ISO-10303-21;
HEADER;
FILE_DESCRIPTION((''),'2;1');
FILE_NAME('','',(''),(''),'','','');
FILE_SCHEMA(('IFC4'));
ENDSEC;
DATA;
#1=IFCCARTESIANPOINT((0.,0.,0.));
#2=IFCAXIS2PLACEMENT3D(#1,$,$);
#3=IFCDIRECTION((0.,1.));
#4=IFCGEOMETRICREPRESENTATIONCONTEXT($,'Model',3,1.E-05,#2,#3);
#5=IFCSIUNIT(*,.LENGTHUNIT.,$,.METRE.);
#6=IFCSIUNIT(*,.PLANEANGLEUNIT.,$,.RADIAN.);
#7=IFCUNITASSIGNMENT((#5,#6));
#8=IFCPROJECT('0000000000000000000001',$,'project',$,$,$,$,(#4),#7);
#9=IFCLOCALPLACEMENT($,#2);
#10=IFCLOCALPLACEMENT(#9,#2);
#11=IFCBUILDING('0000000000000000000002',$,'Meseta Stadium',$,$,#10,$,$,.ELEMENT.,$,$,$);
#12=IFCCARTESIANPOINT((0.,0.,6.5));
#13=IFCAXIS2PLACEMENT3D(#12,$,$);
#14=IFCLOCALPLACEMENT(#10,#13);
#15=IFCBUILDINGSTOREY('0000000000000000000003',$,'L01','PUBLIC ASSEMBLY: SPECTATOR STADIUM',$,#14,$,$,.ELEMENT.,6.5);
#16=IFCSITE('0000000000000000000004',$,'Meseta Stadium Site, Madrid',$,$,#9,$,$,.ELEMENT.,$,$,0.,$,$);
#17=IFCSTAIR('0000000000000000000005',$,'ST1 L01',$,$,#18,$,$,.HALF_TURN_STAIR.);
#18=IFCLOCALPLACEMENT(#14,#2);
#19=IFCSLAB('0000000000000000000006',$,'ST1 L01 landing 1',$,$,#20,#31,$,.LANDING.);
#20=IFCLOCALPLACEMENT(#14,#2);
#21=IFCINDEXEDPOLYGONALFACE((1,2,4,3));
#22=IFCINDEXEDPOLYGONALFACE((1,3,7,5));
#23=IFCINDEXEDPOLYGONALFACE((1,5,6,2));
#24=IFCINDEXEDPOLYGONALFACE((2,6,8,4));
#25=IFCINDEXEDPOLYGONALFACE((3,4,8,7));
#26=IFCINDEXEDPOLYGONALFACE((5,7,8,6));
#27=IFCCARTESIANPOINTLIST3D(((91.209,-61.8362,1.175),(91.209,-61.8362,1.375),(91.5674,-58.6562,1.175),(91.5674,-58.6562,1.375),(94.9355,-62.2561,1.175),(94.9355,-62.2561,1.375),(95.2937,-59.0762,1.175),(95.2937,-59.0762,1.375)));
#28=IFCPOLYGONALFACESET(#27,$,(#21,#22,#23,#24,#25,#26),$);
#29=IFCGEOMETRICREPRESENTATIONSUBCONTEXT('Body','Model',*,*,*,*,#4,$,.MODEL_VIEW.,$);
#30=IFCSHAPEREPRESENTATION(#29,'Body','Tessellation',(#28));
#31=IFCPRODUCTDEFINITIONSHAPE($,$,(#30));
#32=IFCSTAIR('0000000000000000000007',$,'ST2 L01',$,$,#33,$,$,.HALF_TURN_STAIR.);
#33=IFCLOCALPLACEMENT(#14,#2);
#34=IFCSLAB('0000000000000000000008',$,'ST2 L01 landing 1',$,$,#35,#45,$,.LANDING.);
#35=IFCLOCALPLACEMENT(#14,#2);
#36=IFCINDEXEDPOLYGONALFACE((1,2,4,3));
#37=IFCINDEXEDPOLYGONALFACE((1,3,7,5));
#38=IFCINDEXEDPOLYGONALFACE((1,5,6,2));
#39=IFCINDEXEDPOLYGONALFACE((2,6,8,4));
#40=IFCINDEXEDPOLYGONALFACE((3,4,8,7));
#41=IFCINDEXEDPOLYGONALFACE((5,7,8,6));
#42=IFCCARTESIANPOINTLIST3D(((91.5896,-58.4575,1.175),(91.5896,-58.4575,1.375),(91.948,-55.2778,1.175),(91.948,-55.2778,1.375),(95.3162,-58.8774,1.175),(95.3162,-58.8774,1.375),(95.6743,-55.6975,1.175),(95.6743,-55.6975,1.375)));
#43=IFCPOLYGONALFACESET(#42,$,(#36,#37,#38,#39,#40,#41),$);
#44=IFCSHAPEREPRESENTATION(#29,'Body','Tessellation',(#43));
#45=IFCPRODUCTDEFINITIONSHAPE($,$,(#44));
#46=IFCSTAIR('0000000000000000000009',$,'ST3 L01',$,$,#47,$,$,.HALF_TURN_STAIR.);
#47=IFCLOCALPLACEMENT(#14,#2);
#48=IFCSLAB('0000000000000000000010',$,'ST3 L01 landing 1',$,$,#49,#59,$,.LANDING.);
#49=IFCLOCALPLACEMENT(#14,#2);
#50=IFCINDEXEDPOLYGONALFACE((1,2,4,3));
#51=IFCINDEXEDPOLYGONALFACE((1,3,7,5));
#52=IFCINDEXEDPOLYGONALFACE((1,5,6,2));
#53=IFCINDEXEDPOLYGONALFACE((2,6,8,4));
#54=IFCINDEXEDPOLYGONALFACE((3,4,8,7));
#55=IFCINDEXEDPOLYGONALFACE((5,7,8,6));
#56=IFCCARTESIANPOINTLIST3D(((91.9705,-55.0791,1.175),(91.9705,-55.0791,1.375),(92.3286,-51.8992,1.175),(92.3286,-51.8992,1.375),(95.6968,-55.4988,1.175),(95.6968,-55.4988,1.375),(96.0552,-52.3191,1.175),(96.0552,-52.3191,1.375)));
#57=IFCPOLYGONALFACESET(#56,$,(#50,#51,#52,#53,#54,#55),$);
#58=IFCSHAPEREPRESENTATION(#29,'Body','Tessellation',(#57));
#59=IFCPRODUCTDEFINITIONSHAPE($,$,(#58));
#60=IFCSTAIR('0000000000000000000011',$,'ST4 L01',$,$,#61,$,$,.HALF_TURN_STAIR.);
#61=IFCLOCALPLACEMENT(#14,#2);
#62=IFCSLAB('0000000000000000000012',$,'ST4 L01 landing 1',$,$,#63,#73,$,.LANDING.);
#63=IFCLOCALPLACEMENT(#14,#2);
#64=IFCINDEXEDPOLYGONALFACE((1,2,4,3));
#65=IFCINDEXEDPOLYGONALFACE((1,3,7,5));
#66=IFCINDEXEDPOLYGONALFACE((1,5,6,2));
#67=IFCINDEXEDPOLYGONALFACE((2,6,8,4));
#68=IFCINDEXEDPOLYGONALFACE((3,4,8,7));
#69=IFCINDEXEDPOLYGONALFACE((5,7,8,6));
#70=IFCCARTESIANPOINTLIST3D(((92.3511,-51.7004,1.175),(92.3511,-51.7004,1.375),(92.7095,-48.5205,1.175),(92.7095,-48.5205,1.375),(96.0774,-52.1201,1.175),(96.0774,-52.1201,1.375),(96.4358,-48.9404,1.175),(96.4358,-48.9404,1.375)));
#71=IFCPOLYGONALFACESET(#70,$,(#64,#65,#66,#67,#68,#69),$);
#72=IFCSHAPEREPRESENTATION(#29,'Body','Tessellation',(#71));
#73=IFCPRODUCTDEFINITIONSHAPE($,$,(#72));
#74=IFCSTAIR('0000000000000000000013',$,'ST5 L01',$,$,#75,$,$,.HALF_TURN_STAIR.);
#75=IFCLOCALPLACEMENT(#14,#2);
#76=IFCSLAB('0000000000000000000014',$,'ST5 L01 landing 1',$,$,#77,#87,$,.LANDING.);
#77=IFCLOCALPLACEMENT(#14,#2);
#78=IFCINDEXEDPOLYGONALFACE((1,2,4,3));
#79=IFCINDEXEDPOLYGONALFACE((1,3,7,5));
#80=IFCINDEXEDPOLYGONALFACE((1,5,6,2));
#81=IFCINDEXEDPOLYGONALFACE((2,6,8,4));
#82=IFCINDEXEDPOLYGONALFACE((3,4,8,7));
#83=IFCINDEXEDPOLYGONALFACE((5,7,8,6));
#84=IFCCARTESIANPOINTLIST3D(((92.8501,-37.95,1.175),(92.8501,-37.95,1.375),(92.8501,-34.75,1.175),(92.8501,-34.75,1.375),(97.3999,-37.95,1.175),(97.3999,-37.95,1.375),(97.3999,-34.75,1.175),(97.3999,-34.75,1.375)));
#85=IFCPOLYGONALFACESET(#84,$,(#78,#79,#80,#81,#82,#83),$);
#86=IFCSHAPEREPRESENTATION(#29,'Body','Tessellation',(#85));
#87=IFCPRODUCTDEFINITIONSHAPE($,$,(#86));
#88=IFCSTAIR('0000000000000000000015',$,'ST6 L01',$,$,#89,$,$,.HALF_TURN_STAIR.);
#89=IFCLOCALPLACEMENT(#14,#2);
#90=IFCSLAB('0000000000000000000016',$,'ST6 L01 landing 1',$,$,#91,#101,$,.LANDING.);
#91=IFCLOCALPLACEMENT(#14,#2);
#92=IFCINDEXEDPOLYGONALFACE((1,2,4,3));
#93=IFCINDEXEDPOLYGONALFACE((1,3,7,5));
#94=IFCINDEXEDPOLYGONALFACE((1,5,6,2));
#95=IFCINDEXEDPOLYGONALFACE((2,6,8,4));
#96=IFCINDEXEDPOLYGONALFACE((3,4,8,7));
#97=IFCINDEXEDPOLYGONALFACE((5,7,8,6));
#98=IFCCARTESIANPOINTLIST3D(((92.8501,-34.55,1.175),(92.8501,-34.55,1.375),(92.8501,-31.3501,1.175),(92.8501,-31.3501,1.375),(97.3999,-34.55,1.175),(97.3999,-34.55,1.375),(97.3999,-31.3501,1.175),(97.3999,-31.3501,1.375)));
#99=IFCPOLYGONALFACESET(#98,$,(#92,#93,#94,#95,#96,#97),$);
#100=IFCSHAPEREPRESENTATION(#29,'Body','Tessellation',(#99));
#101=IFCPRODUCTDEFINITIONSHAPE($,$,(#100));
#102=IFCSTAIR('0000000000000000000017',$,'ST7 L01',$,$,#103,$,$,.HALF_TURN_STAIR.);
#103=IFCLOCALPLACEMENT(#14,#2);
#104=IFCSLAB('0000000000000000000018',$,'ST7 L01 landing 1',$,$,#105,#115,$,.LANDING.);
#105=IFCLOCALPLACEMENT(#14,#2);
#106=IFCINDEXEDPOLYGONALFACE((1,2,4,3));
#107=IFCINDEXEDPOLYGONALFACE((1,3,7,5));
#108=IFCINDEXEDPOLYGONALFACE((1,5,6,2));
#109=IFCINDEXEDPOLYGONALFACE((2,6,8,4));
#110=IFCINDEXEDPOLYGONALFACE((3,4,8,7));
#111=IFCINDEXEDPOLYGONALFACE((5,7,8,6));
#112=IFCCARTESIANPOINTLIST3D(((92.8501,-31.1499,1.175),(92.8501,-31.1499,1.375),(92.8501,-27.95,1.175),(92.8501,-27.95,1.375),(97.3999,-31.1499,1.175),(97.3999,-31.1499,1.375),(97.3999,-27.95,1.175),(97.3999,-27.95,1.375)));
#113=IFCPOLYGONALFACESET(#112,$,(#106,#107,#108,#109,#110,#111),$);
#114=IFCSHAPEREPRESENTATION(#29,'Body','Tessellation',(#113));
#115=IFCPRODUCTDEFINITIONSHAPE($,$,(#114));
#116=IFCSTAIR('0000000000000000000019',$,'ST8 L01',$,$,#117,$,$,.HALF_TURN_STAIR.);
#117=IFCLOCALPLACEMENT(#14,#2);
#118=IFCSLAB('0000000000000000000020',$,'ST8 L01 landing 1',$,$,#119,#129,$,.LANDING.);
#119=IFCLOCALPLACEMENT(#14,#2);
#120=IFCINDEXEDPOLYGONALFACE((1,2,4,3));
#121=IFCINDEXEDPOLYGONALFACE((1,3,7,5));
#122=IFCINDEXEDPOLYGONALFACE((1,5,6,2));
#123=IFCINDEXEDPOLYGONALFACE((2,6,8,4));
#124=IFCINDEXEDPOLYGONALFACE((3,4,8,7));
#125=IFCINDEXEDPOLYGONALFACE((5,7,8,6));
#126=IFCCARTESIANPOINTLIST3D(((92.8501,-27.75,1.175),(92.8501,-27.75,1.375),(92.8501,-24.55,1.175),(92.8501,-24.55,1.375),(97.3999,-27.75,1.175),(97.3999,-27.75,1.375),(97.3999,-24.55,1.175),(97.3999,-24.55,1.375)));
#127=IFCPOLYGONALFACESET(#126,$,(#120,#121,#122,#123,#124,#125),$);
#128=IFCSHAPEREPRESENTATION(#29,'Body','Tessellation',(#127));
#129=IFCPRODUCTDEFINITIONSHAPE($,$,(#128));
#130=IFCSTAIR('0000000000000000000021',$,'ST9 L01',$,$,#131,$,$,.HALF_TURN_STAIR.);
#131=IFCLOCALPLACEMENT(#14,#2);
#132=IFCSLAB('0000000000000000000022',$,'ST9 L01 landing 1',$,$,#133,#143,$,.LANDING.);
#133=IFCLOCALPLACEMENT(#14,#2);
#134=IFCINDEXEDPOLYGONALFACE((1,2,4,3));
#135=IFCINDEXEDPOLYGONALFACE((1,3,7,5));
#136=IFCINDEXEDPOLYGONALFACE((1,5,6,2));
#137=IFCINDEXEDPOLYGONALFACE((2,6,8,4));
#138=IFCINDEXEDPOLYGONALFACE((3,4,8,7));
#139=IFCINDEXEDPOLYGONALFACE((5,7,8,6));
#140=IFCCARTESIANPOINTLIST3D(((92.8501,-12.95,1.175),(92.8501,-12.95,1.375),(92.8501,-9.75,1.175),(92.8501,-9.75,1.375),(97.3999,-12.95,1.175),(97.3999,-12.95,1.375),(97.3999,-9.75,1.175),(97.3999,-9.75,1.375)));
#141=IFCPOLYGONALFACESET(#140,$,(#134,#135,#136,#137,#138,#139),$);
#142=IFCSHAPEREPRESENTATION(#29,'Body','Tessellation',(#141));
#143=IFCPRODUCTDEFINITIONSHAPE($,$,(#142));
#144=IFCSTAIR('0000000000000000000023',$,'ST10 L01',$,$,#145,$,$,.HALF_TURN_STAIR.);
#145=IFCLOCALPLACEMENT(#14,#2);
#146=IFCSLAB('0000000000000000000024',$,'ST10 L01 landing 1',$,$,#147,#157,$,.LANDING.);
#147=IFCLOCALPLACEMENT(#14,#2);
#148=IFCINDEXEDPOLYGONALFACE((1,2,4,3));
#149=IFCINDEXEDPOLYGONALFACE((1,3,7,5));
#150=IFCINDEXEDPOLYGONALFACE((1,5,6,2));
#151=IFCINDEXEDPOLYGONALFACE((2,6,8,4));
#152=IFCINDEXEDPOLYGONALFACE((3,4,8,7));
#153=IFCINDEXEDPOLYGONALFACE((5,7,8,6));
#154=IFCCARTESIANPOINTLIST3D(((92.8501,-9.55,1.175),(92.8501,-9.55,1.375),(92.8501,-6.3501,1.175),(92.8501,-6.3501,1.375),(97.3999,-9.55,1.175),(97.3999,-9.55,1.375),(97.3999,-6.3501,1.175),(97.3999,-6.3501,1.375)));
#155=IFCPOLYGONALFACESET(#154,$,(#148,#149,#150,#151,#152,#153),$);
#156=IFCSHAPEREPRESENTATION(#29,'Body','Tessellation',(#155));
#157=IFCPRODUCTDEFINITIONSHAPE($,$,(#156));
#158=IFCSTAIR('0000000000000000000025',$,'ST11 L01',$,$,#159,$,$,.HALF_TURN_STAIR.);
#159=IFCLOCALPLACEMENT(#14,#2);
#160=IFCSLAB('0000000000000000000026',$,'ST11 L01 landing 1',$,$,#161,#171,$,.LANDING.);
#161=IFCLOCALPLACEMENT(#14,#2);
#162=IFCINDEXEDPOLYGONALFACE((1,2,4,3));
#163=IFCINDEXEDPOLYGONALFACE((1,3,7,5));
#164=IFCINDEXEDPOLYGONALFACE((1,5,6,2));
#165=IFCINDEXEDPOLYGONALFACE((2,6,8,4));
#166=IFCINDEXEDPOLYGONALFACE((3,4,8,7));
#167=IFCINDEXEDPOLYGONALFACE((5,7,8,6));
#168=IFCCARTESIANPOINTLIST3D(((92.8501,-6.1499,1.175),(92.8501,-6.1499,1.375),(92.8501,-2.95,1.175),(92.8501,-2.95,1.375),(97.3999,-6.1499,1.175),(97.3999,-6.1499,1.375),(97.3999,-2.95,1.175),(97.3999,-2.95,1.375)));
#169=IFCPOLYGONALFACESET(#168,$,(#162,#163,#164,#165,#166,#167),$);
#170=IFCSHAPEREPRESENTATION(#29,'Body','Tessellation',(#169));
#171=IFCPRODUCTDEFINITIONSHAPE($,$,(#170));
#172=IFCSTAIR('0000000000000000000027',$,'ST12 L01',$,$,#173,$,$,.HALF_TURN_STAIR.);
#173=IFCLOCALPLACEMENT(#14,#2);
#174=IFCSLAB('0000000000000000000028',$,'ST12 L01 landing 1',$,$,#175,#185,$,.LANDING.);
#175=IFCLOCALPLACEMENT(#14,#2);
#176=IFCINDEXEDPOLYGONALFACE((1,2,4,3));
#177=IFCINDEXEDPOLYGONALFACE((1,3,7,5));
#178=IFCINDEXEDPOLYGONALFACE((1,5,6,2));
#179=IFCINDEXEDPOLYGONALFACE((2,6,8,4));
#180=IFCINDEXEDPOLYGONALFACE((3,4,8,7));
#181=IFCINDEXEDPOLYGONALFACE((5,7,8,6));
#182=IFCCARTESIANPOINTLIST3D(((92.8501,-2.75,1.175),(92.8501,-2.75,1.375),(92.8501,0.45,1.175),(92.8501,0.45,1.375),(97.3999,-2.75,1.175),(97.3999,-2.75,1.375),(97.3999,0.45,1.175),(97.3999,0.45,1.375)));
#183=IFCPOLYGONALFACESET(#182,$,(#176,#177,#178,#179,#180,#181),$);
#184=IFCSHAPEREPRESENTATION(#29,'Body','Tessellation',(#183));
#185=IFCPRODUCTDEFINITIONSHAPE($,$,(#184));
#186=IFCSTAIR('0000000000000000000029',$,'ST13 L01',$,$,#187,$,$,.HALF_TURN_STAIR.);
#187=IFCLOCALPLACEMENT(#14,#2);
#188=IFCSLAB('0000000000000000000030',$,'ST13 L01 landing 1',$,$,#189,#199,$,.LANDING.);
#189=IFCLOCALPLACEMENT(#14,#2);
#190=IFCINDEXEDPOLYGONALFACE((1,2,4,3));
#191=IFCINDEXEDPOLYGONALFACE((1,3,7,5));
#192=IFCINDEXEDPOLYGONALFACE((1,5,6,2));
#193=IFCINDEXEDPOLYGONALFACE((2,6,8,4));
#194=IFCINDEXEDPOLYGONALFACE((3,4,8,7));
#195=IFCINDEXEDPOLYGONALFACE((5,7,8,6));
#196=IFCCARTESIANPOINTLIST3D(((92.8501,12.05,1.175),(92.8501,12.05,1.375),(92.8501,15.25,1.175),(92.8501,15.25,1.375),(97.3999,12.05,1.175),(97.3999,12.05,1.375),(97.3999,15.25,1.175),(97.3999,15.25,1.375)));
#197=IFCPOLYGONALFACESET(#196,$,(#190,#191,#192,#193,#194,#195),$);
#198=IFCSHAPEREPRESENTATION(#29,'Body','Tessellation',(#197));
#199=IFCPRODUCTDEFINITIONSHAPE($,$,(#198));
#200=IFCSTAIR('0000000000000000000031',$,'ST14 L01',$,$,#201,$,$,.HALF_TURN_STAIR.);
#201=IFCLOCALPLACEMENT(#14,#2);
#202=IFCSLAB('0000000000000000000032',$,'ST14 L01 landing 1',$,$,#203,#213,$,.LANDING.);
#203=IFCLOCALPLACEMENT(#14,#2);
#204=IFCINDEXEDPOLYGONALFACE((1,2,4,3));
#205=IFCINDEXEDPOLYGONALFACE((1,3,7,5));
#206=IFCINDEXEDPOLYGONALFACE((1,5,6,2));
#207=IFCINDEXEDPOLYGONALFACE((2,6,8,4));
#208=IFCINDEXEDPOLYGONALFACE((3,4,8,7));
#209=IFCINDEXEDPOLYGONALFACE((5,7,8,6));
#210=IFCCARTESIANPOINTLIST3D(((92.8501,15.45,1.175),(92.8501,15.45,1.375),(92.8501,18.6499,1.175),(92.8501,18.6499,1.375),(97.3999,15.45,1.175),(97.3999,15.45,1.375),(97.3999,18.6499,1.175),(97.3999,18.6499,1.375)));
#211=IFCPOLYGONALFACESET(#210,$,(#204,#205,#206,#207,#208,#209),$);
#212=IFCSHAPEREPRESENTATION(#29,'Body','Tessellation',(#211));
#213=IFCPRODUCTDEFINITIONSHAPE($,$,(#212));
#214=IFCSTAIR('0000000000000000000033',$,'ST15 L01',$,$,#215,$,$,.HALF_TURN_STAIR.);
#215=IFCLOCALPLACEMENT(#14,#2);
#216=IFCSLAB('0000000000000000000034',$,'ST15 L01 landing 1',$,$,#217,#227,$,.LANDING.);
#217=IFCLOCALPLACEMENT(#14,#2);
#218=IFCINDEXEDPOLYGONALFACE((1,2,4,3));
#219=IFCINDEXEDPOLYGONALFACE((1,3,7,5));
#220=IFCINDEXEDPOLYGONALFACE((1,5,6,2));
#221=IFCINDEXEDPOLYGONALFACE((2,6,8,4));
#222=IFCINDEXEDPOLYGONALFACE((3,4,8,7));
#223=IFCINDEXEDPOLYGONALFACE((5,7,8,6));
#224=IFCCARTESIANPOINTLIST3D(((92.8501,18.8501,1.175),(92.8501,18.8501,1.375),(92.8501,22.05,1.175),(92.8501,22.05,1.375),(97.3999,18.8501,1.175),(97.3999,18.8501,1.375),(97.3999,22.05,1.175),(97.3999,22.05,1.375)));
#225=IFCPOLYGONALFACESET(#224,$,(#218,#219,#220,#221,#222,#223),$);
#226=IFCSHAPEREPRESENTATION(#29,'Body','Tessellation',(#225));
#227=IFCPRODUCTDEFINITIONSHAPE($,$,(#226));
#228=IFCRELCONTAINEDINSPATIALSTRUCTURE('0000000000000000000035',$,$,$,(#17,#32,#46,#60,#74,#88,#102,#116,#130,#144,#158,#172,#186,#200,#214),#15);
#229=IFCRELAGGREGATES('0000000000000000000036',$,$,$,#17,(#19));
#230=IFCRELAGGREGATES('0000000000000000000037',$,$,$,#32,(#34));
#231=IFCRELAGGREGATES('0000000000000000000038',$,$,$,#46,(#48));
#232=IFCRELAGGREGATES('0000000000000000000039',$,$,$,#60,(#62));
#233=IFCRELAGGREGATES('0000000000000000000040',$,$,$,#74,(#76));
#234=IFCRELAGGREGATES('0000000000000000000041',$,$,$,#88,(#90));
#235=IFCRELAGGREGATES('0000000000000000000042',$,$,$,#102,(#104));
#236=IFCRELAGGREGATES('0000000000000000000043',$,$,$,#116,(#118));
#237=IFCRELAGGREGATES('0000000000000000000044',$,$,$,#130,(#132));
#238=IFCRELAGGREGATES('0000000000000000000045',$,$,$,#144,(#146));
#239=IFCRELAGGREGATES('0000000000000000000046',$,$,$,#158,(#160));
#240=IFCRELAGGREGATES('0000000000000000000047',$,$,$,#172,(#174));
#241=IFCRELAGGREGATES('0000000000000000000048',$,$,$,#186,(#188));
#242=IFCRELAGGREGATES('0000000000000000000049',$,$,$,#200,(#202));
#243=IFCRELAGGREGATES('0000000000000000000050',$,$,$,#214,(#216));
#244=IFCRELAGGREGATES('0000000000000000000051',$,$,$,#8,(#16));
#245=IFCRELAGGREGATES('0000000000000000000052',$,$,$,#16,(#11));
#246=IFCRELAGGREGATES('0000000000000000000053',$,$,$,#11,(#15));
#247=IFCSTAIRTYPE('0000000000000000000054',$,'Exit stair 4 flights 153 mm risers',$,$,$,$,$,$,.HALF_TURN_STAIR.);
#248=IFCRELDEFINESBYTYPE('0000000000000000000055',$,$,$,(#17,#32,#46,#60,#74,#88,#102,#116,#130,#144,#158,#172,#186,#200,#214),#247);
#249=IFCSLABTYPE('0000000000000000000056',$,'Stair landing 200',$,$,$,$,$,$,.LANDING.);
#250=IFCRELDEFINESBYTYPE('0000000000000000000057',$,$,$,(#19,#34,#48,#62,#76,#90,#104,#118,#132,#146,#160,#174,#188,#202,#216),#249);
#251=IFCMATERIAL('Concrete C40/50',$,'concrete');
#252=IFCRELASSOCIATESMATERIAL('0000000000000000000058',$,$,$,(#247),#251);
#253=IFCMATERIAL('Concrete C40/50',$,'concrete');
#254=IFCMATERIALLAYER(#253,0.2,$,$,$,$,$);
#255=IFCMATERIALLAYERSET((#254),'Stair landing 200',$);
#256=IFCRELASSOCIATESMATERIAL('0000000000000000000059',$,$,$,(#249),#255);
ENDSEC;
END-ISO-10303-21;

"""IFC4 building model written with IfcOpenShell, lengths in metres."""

from ifc_helpers import new_model, si_unit, direction, frame, origin, place, context, subcontext, project, spatial, polyline, outline, extrude, material, layer, layer_set, type_object, element, aggregate, save


model = new_model("IFC4")

# Units and contexts
model_context = context("Model", 3, precision=1e-05, world=origin(), true_north=direction((0.0, 1.0)))
body_context = subcontext(model_context, "Body", "Model", "MODEL_VIEW")
ifc_project = project(units=[si_unit("LENGTHUNIT", "METRE"), si_unit("PLANEANGLEUNIT", "RADIAN")], contexts=[model_context])

# Site, building, storey
site_placement = place(None, origin())
site = spatial("IfcSite", under=ifc_project, at=site_placement, Name="Meseta Stadium Site, Madrid", CompositionType="ELEMENT", RefElevation=0.0)
building_placement = place(site_placement, origin())
building = spatial("IfcBuilding", under=site, at=building_placement, Name="Meseta Stadium", CompositionType="ELEMENT")
storey_placement = place(building_placement, frame((0.0, 0.0, 6.5)))
storey = spatial("IfcBuildingStorey", under=building, at=storey_placement, Name="L01", Description="PUBLIC ASSEMBLY: SPECTATOR STADIUM", CompositionType="ELEMENT", Elevation=6.5)

# Stairs, slabs
ifc_material_1 = material(Name="Concrete C40/50", Category="concrete")
stair_type = type_object("IfcStairType", Name="Exit stair 4 flights 153 mm risers", PredefinedType="HALF_TURN_STAIR", material=ifc_material_1)
stair_1_placement = place(storey_placement, origin())
stair_1 = element("IfcStair", 1, at=stair_1_placement, inside=storey, type_object=stair_type, Name="ST1 L01", PredefinedType="HALF_TURN_STAIR")
ifc_material_2 = material(Name="Concrete C40/50", Category="concrete")
ifc_layer = layer(ifc_material_2, 0.2)
ifc_layer_set = layer_set([ifc_layer], Name="Stair landing 200")
slab_type = type_object("IfcSlabType", Name="Stair landing 200", PredefinedType="LANDING", material=ifc_layer_set)
slab_1_placement = place(storey_placement, frame((0.0, 0.0, 1.175)))
slab_1 = element("IfcSlab", 2, at=slab_1_placement, type_object=slab_type, Name="ST1 L01 landing 1", PredefinedType="LANDING", context=body_context, shape_type="SweptSolid", body=[
    extrude(outline(polyline([(91.209, -61.8362), (94.9355, -62.2561), (95.2937, -59.0762), (91.5674, -58.6562), (91.209, -61.8362)])), origin(), (0.0, 0.0, 1.0), 0.2),
])
aggregate(stair_1, [slab_1])
stair_2_placement = place(storey_placement, origin())
stair_2 = element("IfcStair", 3, at=stair_2_placement, inside=storey, type_object=stair_type, Name="ST2 L01", PredefinedType="HALF_TURN_STAIR")
slab_2_placement = place(storey_placement, frame((0.0, 0.0, 1.175)))
slab_2 = element("IfcSlab", 4, at=slab_2_placement, type_object=slab_type, Name="ST2 L01 landing 1", PredefinedType="LANDING", context=body_context, shape_type="SweptSolid", body=[
    extrude(outline(polyline([(91.5896, -58.4575), (95.3162, -58.8774), (95.6743, -55.6975), (91.948, -55.2778), (91.5896, -58.4575)])), origin(), (0.0, 0.0, 1.0), 0.2),
])
aggregate(stair_2, [slab_2])
stair_3_placement = place(storey_placement, origin())
stair_3 = element("IfcStair", 5, at=stair_3_placement, inside=storey, type_object=stair_type, Name="ST3 L01", PredefinedType="HALF_TURN_STAIR")
slab_3_placement = place(storey_placement, frame((0.0, 0.0, 1.175)))
slab_3 = element("IfcSlab", 6, at=slab_3_placement, type_object=slab_type, Name="ST3 L01 landing 1", PredefinedType="LANDING", context=body_context, shape_type="SweptSolid", body=[
    extrude(outline(polyline([(91.9705, -55.0791), (95.6968, -55.4988), (96.0552, -52.3191), (92.3286, -51.8992), (91.9705, -55.0791)])), origin(), (0.0, 0.0, 1.0), 0.2),
])
aggregate(stair_3, [slab_3])
stair_4_placement = place(storey_placement, origin())
stair_4 = element("IfcStair", 7, at=stair_4_placement, inside=storey, type_object=stair_type, Name="ST4 L01", PredefinedType="HALF_TURN_STAIR")
slab_4_placement = place(storey_placement, frame((0.0, 0.0, 1.175)))
slab_4 = element("IfcSlab", 8, at=slab_4_placement, type_object=slab_type, Name="ST4 L01 landing 1", PredefinedType="LANDING", context=body_context, shape_type="SweptSolid", body=[
    extrude(outline(polyline([(92.3511, -51.7004), (96.0774, -52.1201), (96.4358, -48.9404), (92.7095, -48.5205), (92.3511, -51.7004)])), origin(), (0.0, 0.0, 1.0), 0.2),
])
aggregate(stair_4, [slab_4])
stair_5_placement = place(storey_placement, origin())
stair_5 = element("IfcStair", 9, at=stair_5_placement, inside=storey, type_object=stair_type, Name="ST5 L01", PredefinedType="HALF_TURN_STAIR")
slab_5_placement = place(storey_placement, frame((0.0, 0.0, 1.175)))
slab_5 = element("IfcSlab", 10, at=slab_5_placement, type_object=slab_type, Name="ST5 L01 landing 1", PredefinedType="LANDING", context=body_context, shape_type="SweptSolid", body=[
    extrude(outline(polyline([(92.8501, -37.95), (97.3999, -37.95), (97.3999, -34.75), (92.8501, -34.75), (92.8501, -37.95)])), origin(), (0.0, 0.0, 1.0), 0.2),
])
aggregate(stair_5, [slab_5])
stair_6_placement = place(storey_placement, origin())
stair_6 = element("IfcStair", 11, at=stair_6_placement, inside=storey, type_object=stair_type, Name="ST6 L01", PredefinedType="HALF_TURN_STAIR")
slab_6_placement = place(storey_placement, frame((0.0, 0.0, 1.175)))
slab_6 = element("IfcSlab", 12, at=slab_6_placement, type_object=slab_type, Name="ST6 L01 landing 1", PredefinedType="LANDING", context=body_context, shape_type="SweptSolid", body=[
    extrude(outline(polyline([(92.8501, -34.55), (97.3999, -34.55), (97.3999, -31.3501), (92.8501, -31.3501), (92.8501, -34.55)])), origin(), (0.0, 0.0, 1.0), 0.2),
])
aggregate(stair_6, [slab_6])
stair_7_placement = place(storey_placement, origin())
stair_7 = element("IfcStair", 13, at=stair_7_placement, inside=storey, type_object=stair_type, Name="ST7 L01", PredefinedType="HALF_TURN_STAIR")
slab_7_placement = place(storey_placement, frame((0.0, 0.0, 1.175)))
slab_7 = element("IfcSlab", 14, at=slab_7_placement, type_object=slab_type, Name="ST7 L01 landing 1", PredefinedType="LANDING", context=body_context, shape_type="SweptSolid", body=[
    extrude(outline(polyline([(92.8501, -31.1499), (97.3999, -31.1499), (97.3999, -27.95), (92.8501, -27.95), (92.8501, -31.1499)])), origin(), (0.0, 0.0, 1.0), 0.2),
])
aggregate(stair_7, [slab_7])
stair_8_placement = place(storey_placement, origin())
stair_8 = element("IfcStair", 15, at=stair_8_placement, inside=storey, type_object=stair_type, Name="ST8 L01", PredefinedType="HALF_TURN_STAIR")
slab_8_placement = place(storey_placement, frame((0.0, 0.0, 1.175)))
slab_8 = element("IfcSlab", 16, at=slab_8_placement, type_object=slab_type, Name="ST8 L01 landing 1", PredefinedType="LANDING", context=body_context, shape_type="SweptSolid", body=[
    extrude(outline(polyline([(92.8501, -27.75), (97.3999, -27.75), (97.3999, -24.55), (92.8501, -24.55), (92.8501, -27.75)])), origin(), (0.0, 0.0, 1.0), 0.2),
])
aggregate(stair_8, [slab_8])
stair_9_placement = place(storey_placement, origin())
stair_9 = element("IfcStair", 17, at=stair_9_placement, inside=storey, type_object=stair_type, Name="ST9 L01", PredefinedType="HALF_TURN_STAIR")
slab_9_placement = place(storey_placement, frame((0.0, 0.0, 1.175)))
slab_9 = element("IfcSlab", 18, at=slab_9_placement, type_object=slab_type, Name="ST9 L01 landing 1", PredefinedType="LANDING", context=body_context, shape_type="SweptSolid", body=[
    extrude(outline(polyline([(92.8501, -12.95), (97.3999, -12.95), (97.3999, -9.75), (92.8501, -9.75), (92.8501, -12.95)])), origin(), (0.0, 0.0, 1.0), 0.2),
])
aggregate(stair_9, [slab_9])
stair_10_placement = place(storey_placement, origin())
stair_10 = element("IfcStair", 19, at=stair_10_placement, inside=storey, type_object=stair_type, Name="ST10 L01", PredefinedType="HALF_TURN_STAIR")
slab_10_placement = place(storey_placement, frame((0.0, 0.0, 1.175)))
slab_10 = element("IfcSlab", 20, at=slab_10_placement, type_object=slab_type, Name="ST10 L01 landing 1", PredefinedType="LANDING", context=body_context, shape_type="SweptSolid", body=[
    extrude(outline(polyline([(92.8501, -9.55), (97.3999, -9.55), (97.3999, -6.3501), (92.8501, -6.3501), (92.8501, -9.55)])), origin(), (0.0, 0.0, 1.0), 0.2),
])
aggregate(stair_10, [slab_10])
stair_11_placement = place(storey_placement, origin())
stair_11 = element("IfcStair", 21, at=stair_11_placement, inside=storey, type_object=stair_type, Name="ST11 L01", PredefinedType="HALF_TURN_STAIR")
slab_11_placement = place(storey_placement, frame((0.0, 0.0, 1.175)))
slab_11 = element("IfcSlab", 22, at=slab_11_placement, type_object=slab_type, Name="ST11 L01 landing 1", PredefinedType="LANDING", context=body_context, shape_type="SweptSolid", body=[
    extrude(outline(polyline([(92.8501, -6.1499), (97.3999, -6.1499), (97.3999, -2.95), (92.8501, -2.95), (92.8501, -6.1499)])), origin(), (0.0, 0.0, 1.0), 0.2),
])
aggregate(stair_11, [slab_11])
stair_12_placement = place(storey_placement, origin())
stair_12 = element("IfcStair", 23, at=stair_12_placement, inside=storey, type_object=stair_type, Name="ST12 L01", PredefinedType="HALF_TURN_STAIR")
slab_12_placement = place(storey_placement, frame((0.0, 0.0, 1.175)))
slab_12 = element("IfcSlab", 24, at=slab_12_placement, type_object=slab_type, Name="ST12 L01 landing 1", PredefinedType="LANDING", context=body_context, shape_type="SweptSolid", body=[
    extrude(outline(polyline([(92.8501, -2.75), (97.3999, -2.75), (97.3999, 0.45), (92.8501, 0.45), (92.8501, -2.75)])), origin(), (0.0, 0.0, 1.0), 0.2),
])
aggregate(stair_12, [slab_12])
stair_13_placement = place(storey_placement, origin())
stair_13 = element("IfcStair", 25, at=stair_13_placement, inside=storey, type_object=stair_type, Name="ST13 L01", PredefinedType="HALF_TURN_STAIR")
slab_13_placement = place(storey_placement, frame((0.0, 0.0, 1.175)))
slab_13 = element("IfcSlab", 26, at=slab_13_placement, type_object=slab_type, Name="ST13 L01 landing 1", PredefinedType="LANDING", context=body_context, shape_type="SweptSolid", body=[
    extrude(outline(polyline([(92.8501, 12.05), (97.3999, 12.05), (97.3999, 15.25), (92.8501, 15.25), (92.8501, 12.05)])), origin(), (0.0, 0.0, 1.0), 0.2),
])
aggregate(stair_13, [slab_13])
stair_14_placement = place(storey_placement, origin())
stair_14 = element("IfcStair", 27, at=stair_14_placement, inside=storey, type_object=stair_type, Name="ST14 L01", PredefinedType="HALF_TURN_STAIR")
slab_14_placement = place(storey_placement, frame((0.0, 0.0, 1.175)))
slab_14 = element("IfcSlab", 28, at=slab_14_placement, type_object=slab_type, Name="ST14 L01 landing 1", PredefinedType="LANDING", context=body_context, shape_type="SweptSolid", body=[
    extrude(outline(polyline([(92.8501, 15.45), (97.3999, 15.45), (97.3999, 18.6499), (92.8501, 18.6499), (92.8501, 15.45)])), origin(), (0.0, 0.0, 1.0), 0.2),
])
aggregate(stair_14, [slab_14])
stair_15_placement = place(storey_placement, origin())
stair_15 = element("IfcStair", 29, at=stair_15_placement, inside=storey, type_object=stair_type, Name="ST15 L01", PredefinedType="HALF_TURN_STAIR")
slab_15_placement = place(storey_placement, frame((0.0, 0.0, 1.175)))
slab_15 = element("IfcSlab", 30, at=slab_15_placement, type_object=slab_type, Name="ST15 L01 landing 1", PredefinedType="LANDING", context=body_context, shape_type="SweptSolid", body=[
    extrude(outline(polyline([(92.8501, 18.8501), (97.3999, 18.8501), (97.3999, 22.05), (92.8501, 22.05), (92.8501, 18.8501)])), origin(), (0.0, 0.0, 1.0), 0.2),
])
aggregate(stair_15, [slab_15])

save(model, "model.ifc")
